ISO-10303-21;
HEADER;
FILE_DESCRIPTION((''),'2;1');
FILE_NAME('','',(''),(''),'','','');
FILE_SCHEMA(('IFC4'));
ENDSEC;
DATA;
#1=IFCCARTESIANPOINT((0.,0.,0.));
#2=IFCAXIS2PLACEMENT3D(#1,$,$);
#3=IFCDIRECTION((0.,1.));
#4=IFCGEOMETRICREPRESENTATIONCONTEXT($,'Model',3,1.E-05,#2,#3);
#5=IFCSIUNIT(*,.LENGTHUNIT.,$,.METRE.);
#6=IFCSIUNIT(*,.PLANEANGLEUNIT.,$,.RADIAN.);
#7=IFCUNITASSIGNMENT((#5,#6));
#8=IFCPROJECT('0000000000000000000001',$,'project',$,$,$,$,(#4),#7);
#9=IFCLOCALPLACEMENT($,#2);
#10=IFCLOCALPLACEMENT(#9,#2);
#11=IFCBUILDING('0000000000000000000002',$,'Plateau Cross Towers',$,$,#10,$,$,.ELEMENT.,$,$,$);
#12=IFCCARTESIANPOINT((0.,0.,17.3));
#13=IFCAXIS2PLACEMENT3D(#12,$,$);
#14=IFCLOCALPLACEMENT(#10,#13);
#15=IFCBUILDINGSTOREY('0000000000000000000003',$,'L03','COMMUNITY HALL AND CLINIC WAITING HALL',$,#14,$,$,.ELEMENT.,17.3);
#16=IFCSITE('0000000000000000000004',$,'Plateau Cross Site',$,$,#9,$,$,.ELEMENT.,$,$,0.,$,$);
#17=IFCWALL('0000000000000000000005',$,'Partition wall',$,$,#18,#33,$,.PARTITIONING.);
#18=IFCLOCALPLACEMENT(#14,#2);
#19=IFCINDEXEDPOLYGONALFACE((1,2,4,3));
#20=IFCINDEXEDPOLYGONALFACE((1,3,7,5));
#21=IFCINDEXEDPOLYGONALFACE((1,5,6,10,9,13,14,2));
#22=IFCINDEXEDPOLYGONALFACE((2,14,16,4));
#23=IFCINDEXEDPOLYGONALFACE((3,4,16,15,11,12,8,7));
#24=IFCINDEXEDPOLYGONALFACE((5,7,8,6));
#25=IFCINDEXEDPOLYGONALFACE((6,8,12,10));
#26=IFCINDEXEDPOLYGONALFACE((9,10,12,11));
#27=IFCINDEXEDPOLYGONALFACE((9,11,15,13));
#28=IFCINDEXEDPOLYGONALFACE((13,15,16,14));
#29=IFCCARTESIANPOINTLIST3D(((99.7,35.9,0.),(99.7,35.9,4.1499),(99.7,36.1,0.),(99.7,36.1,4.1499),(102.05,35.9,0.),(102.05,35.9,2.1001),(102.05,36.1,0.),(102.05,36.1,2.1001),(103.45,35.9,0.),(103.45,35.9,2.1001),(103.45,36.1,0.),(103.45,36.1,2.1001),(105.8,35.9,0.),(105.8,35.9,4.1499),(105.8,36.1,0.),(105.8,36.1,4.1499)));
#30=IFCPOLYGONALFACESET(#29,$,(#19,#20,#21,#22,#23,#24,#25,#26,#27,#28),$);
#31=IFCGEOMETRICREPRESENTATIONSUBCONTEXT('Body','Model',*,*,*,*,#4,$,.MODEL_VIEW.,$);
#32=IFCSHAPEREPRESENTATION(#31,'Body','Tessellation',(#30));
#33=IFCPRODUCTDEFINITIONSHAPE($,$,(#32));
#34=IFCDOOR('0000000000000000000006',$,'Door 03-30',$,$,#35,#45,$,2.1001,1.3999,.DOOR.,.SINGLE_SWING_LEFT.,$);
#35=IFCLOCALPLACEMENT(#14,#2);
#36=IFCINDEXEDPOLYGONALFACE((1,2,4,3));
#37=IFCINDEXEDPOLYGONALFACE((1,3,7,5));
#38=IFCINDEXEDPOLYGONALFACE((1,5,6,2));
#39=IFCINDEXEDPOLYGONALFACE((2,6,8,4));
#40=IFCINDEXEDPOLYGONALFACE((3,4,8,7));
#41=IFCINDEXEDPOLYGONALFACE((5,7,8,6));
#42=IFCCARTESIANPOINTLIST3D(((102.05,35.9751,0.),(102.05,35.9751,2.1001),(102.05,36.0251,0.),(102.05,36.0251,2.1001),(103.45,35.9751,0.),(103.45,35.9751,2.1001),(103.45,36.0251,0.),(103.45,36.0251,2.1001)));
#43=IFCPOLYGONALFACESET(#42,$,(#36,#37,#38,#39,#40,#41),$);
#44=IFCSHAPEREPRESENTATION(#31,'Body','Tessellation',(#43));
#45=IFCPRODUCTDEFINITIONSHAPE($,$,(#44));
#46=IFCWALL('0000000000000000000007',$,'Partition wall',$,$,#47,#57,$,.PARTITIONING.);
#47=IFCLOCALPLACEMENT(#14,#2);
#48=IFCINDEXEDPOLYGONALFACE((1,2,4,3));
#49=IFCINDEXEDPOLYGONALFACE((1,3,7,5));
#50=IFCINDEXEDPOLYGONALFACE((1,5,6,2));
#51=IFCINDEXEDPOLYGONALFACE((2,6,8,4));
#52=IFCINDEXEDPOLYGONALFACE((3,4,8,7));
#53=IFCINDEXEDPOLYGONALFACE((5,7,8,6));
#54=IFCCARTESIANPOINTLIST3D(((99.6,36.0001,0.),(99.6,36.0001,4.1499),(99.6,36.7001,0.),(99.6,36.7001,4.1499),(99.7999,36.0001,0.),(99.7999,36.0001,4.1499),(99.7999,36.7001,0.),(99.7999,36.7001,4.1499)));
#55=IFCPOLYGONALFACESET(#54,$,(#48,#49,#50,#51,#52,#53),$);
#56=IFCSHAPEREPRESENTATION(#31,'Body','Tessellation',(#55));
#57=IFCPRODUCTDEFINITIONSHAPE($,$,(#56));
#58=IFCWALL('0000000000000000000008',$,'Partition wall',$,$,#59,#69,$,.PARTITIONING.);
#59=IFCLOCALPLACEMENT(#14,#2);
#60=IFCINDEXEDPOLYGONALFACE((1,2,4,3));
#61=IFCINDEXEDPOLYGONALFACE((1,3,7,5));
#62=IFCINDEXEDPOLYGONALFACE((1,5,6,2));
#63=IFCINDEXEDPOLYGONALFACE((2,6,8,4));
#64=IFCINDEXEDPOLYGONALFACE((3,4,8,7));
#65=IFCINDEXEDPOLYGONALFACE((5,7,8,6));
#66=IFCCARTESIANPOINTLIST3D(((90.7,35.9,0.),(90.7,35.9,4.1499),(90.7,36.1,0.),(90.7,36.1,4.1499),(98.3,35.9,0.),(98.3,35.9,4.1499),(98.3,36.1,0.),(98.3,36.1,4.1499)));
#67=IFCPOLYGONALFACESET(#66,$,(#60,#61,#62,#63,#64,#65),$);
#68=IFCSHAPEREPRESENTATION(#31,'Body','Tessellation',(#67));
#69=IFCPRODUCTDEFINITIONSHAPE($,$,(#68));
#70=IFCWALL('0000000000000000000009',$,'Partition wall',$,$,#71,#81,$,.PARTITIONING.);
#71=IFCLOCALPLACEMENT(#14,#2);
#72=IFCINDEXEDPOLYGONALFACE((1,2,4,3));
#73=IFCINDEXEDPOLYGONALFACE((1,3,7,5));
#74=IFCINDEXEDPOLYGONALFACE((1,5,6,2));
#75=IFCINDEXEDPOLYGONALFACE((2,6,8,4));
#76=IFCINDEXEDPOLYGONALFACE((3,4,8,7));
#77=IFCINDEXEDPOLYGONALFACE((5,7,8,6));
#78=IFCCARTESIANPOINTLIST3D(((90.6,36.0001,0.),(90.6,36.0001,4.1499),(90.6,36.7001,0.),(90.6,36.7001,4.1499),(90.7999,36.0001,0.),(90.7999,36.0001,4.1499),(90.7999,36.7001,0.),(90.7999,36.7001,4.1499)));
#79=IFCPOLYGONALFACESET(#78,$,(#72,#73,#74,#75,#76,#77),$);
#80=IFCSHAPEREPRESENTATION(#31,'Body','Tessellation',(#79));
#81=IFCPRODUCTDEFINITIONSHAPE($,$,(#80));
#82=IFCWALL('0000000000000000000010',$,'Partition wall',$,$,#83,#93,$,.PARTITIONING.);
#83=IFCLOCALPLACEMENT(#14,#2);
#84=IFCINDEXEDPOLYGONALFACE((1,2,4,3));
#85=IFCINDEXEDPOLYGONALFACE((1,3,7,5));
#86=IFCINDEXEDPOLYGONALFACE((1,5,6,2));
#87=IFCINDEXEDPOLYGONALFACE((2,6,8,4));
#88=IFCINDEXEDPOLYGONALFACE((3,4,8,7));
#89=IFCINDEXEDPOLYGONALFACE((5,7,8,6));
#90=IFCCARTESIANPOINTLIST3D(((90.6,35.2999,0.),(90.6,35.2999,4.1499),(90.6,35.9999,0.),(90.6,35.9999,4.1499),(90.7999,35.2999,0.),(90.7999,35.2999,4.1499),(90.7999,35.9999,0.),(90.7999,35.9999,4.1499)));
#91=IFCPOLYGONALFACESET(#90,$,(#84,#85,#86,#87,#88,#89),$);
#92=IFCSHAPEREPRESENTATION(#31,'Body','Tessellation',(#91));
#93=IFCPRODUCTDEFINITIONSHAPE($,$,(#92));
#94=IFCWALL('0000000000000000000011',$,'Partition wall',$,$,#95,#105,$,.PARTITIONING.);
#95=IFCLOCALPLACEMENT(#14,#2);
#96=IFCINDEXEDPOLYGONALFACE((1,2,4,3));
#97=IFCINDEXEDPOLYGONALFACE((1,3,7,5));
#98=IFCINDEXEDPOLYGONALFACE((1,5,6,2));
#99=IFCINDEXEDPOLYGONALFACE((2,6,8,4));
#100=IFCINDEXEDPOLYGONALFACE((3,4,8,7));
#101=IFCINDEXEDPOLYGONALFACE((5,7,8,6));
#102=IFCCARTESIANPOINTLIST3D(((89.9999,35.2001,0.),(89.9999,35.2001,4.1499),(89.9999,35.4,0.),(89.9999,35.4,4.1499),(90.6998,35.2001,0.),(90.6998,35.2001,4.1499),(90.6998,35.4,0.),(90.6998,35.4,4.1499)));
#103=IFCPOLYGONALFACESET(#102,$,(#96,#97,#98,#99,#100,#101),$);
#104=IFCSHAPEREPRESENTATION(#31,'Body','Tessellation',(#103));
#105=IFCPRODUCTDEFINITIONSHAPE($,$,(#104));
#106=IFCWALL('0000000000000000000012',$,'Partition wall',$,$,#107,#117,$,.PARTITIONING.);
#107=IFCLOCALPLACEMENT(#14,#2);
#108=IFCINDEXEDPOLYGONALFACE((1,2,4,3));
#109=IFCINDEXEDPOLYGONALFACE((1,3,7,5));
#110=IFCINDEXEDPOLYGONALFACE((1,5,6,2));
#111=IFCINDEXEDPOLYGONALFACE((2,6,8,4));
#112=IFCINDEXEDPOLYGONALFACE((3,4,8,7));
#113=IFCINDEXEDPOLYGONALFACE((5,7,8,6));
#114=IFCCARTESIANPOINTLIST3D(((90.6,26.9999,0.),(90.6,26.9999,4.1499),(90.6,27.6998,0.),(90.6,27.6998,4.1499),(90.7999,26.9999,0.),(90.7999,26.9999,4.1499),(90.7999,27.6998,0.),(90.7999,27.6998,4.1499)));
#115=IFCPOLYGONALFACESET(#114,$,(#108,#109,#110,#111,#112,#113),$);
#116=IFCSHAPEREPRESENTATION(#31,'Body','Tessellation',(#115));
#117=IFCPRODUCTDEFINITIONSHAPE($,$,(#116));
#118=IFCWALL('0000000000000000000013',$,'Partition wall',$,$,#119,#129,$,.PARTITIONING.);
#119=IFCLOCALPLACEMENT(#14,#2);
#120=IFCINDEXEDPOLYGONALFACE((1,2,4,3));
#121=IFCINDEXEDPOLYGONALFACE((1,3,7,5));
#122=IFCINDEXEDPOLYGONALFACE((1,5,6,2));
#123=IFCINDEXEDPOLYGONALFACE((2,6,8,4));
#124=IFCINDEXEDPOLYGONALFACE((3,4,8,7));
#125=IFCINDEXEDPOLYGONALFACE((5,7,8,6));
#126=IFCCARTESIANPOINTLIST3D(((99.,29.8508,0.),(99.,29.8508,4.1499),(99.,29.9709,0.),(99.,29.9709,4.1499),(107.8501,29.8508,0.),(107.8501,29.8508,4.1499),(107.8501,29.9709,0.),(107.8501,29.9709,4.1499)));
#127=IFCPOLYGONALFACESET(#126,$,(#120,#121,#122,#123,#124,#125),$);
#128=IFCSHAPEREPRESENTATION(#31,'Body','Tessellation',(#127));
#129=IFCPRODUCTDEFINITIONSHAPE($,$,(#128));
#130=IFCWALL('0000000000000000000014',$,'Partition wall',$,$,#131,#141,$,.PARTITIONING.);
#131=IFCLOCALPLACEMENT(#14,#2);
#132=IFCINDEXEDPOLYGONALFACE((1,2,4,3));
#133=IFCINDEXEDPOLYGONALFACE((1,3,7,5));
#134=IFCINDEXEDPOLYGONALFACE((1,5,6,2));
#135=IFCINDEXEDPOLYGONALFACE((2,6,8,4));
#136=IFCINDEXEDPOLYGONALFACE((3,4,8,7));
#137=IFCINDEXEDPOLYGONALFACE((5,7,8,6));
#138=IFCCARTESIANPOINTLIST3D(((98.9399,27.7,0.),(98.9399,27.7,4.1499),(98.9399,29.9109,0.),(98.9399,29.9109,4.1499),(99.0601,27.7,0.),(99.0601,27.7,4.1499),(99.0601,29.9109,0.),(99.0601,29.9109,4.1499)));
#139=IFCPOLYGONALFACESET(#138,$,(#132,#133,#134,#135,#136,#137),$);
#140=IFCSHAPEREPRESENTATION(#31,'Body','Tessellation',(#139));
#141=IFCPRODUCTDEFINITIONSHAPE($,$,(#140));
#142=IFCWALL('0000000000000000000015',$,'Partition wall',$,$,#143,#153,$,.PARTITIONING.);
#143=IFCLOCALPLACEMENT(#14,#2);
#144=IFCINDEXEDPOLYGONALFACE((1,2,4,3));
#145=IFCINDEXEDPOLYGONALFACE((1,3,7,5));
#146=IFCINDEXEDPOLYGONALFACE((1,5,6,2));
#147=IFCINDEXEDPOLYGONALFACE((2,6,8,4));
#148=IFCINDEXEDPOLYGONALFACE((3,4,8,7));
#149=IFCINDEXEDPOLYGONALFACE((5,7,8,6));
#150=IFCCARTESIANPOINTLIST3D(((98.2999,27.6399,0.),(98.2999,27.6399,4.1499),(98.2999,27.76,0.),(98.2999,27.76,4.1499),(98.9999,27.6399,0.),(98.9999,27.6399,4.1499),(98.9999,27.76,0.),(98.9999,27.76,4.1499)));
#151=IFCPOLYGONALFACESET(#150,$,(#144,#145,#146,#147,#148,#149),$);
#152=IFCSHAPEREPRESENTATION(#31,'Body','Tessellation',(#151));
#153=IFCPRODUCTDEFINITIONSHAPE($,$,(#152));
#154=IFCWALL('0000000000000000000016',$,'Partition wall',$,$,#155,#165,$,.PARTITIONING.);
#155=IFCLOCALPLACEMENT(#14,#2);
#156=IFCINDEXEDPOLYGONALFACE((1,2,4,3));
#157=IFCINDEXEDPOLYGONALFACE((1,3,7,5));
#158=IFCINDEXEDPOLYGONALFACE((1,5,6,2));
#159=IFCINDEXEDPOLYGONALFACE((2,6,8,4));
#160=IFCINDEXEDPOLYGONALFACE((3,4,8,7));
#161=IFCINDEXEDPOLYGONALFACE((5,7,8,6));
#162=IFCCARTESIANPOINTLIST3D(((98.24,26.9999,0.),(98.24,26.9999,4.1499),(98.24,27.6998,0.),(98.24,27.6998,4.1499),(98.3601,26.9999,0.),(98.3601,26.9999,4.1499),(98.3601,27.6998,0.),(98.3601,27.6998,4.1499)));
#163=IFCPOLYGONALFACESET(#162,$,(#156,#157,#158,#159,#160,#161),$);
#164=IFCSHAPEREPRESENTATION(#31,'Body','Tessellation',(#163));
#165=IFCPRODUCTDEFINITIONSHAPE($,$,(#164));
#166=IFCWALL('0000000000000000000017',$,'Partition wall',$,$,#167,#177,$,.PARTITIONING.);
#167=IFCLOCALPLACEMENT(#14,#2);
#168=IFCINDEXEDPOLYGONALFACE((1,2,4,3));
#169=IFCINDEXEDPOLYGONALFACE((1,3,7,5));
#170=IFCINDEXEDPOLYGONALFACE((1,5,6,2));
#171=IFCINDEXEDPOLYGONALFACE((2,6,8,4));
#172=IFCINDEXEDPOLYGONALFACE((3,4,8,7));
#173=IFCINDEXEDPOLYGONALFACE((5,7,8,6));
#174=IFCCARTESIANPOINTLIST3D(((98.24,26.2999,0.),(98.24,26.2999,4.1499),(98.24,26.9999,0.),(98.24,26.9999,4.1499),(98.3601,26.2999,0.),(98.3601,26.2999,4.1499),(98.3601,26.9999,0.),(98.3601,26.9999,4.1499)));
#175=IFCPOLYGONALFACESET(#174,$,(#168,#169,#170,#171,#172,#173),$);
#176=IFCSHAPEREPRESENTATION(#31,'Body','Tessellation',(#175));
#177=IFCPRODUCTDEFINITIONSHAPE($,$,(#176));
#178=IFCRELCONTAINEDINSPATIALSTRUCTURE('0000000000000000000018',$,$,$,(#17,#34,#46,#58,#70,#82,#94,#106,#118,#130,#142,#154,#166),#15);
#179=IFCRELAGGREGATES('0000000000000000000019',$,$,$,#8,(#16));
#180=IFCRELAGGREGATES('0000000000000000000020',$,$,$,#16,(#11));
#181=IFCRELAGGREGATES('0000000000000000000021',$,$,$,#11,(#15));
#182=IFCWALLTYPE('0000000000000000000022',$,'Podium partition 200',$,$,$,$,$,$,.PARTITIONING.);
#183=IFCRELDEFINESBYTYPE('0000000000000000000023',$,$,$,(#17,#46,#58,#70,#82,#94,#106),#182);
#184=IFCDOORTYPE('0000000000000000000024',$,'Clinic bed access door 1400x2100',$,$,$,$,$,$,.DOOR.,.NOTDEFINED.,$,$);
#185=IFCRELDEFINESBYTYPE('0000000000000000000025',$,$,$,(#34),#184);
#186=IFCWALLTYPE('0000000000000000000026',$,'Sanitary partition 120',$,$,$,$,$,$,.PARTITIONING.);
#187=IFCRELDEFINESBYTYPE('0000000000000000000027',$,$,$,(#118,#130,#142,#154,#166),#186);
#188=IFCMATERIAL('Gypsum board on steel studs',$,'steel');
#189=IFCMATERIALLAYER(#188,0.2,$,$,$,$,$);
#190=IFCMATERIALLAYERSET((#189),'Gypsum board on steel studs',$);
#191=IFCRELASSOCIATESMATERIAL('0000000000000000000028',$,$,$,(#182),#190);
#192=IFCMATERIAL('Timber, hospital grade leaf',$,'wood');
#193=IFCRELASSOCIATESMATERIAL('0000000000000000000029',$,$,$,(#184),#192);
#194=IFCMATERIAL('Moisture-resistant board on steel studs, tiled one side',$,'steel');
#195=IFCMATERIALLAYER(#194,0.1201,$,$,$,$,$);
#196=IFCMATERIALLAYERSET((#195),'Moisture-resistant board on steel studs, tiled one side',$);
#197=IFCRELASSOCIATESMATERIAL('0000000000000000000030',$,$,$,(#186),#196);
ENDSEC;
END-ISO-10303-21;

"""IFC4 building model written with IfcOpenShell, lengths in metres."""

from ifc_helpers import new_model, si_unit, direction, frame, frame_2d, origin, place, context, subcontext, project, spatial, rectangle, extrude, material, layer, layer_set, type_object, element, fill, save


model = new_model("IFC4")

# Units and contexts
model_context = context("Model", 3, precision=1e-05, world=origin(), true_north=direction((0.0, 1.0)))
body_context = subcontext(model_context, "Body", "Model", "MODEL_VIEW")
ifc_project = project(units=[si_unit("LENGTHUNIT", "METRE"), si_unit("PLANEANGLEUNIT", "RADIAN")], contexts=[model_context])

# Site, building, storey
site_placement = place(None, origin())
site = spatial("IfcSite", under=ifc_project, at=site_placement, Name="Plateau Cross Site", CompositionType="ELEMENT", RefElevation=0.0)
building_placement = place(site_placement, origin())
building = spatial("IfcBuilding", under=site, at=building_placement, Name="Plateau Cross Towers", CompositionType="ELEMENT")
storey_placement = place(building_placement, frame((0.0, 0.0, 17.3)))
storey = spatial("IfcBuildingStorey", under=building, at=storey_placement, Name="L03", Description="COMMUNITY HALL AND CLINIC WAITING HALL", CompositionType="ELEMENT", Elevation=17.3)

# Shared definitions
ifc_material_1 = material(Name="Gypsum board on steel studs", Category="steel")
ifc_layer_1 = layer(ifc_material_1, 0.2)
ifc_layer_set_1 = layer_set([ifc_layer_1], Name="Gypsum board on steel studs")
wall_type_1 = type_object("IfcWallType", Name="Podium partition 200", PredefinedType="PARTITIONING", material=ifc_layer_set_1)

# Wall, opening, door
wall_1_placement = place(storey_placement, frame((105.8, 36.0, 0.0), z_axis=(0.0, 0.0, 1.0), x_axis=(-1.0, 0.0, 0.0)))
wall_1 = element("IfcWall", 1, at=wall_1_placement, inside=storey, type_object=wall_type_1, Name="Partition wall", PredefinedType="PARTITIONING", context=body_context, shape_type="SweptSolid", body=[
    extrude(rectangle(XDim=6.1001, YDim=0.2, at=frame_2d((3.05, 0.0))), origin(), (0.0, 0.0, 1.0), 4.1499),
])
opening_1_placement = place(wall_1_placement, frame((2.3501, 0.0, 0.0)))
opening_1 = element("IfcOpeningElement", 2, at=opening_1_placement, cuts=wall_1, PredefinedType="OPENING", context=body_context, shape_type="SweptSolid", body=[
    extrude(rectangle(XDim=1.3999, YDim=2.1001, at=frame_2d((0.7, 1.05))), frame((0.0, 0.1099, 0.0), z_axis=(0.0, -1.0, 0.0), x_axis=(1.0, 0.0, 0.0)), (0.0, 0.0, 1.0), 0.22),
])
ifc_material_2 = material(Name="Timber, hospital grade leaf", Category="wood")
door_type_1 = type_object("IfcDoorType", Name="Clinic bed access door 1400x2100", OperationType="NOTDEFINED", PredefinedType="DOOR", material=ifc_material_2)
door_1_placement = place(opening_1_placement, origin())
door_1 = element("IfcDoor", 3, at=door_1_placement, inside=storey, type_object=door_type_1, Name="Door 03-30", OperationType="SINGLE_SWING_LEFT", OverallHeight=2.1001, OverallWidth=1.3999, PredefinedType="DOOR", context=body_context, shape_type="SweptSolid", body=[
    extrude(rectangle(XDim=1.3999, YDim=2.1001, at=frame_2d((0.7, 1.05))), frame((0.0, 0.0249, 0.0), z_axis=(0.0, -1.0, 0.0), x_axis=(1.0, 0.0, 0.0)), (0.0, 0.0, 1.0), 0.05),
])
fill(opening_1, door_1)

# Walls
wall_2_placement = place(storey_placement, frame((99.7, 36.0, 0.0), z_axis=(0.0, 0.0, 1.0), x_axis=(0.0, 1.0, 0.0)))
element("IfcWall", 4, at=wall_2_placement, inside=storey, type_object=wall_type_1, Name="Partition wall", PredefinedType="PARTITIONING", context=body_context, shape_type="SweptSolid", body=[
    extrude(rectangle(XDim=0.7, YDim=0.2, at=frame_2d((0.3501, 0.0))), origin(), (0.0, 0.0, 1.0), 4.1499),
])
wall_3_placement = place(storey_placement, frame((98.3, 36.0, 0.0), z_axis=(0.0, 0.0, 1.0), x_axis=(-1.0, 0.0, 0.0)))
element("IfcWall", 5, at=wall_3_placement, inside=storey, type_object=wall_type_1, Name="Partition wall", PredefinedType="PARTITIONING", context=body_context, shape_type="SweptSolid", body=[
    extrude(rectangle(XDim=7.6001, YDim=0.2, at=frame_2d((3.8, 0.0))), origin(), (0.0, 0.0, 1.0), 4.1499),
])
for number, where, z_axis, x_axis, name in (
    (6, (90.7, 36.0, 0.0), (0.0, 0.0, 1.0), (0.0, 1.0, 0.0), "Partition wall"),
    (7, (90.7, 36.0, 0.0), (0.0, 0.0, 1.0), (0.0, -1.0, 0.0), "Partition wall"),
    (8, (90.7, 35.3, 0.0), (0.0, 0.0, 1.0), (-1.0, 0.0, 0.0), "Partition wall"),
    (9, (90.7, 27.7, 0.0), (0.0, 0.0, 1.0), (0.0, -1.0, 0.0), "Partition wall"),
):
    element("IfcWall", number, at=place(storey_placement, frame(where, z_axis=z_axis, x_axis=x_axis)), inside=storey, type_object=wall_type_1, Name=name, PredefinedType="PARTITIONING", context=body_context, shape_type="SweptSolid", body=[
        extrude(rectangle(XDim=0.7, YDim=0.2, at=frame_2d((0.3501, 0.0))), origin(), (0.0, 0.0, 1.0), 4.1499),
    ])
ifc_material_3 = material(Name="Moisture-resistant board on steel studs, tiled one side", Category="steel")
ifc_layer_2 = layer(ifc_material_3, 0.1201)
ifc_layer_set_2 = layer_set([ifc_layer_2], Name="Moisture-resistant board on steel studs, tiled one side")
wall_type_2 = type_object("IfcWallType", Name="Sanitary partition 120", PredefinedType="PARTITIONING", material=ifc_layer_set_2)
wall_4_placement = place(storey_placement, frame((107.8501, 29.9109, 0.0), z_axis=(0.0, 0.0, 1.0), x_axis=(-1.0, 0.0, 0.0)))
element("IfcWall", 10, at=wall_4_placement, inside=storey, type_object=wall_type_2, Name="Partition wall", PredefinedType="PARTITIONING", context=body_context, shape_type="SweptSolid", body=[
    extrude(rectangle(XDim=8.8501, YDim=0.1201, at=frame_2d((4.425, 0.0))), origin(), (0.0, 0.0, 1.0), 4.1499),
])
wall_5_placement = place(storey_placement, frame((99.0, 29.9109, 0.0), z_axis=(0.0, 0.0, 1.0), x_axis=(0.0, -1.0, 0.0)))
element("IfcWall", 11, at=wall_5_placement, inside=storey, type_object=wall_type_2, Name="Partition wall", PredefinedType="PARTITIONING", context=body_context, shape_type="SweptSolid", body=[
    extrude(rectangle(XDim=2.2109, YDim=0.1201, at=frame_2d((1.1055, 0.0))), origin(), (0.0, 0.0, 1.0), 4.1499),
])
for number, where, z_axis, x_axis, name in (
    (12, (99.0, 27.7, 0.0), (0.0, 0.0, 1.0), (-1.0, 0.0, 0.0), "Partition wall"),
    (13, (98.3, 27.7, 0.0), (0.0, 0.0, 1.0), (0.0, -1.0, 0.0), "Partition wall"),
    (14, (98.3, 27.0, 0.0), (0.0, 0.0, 1.0), (0.0, -1.0, 0.0), "Partition wall"),
):
    element("IfcWall", number, at=place(storey_placement, frame(where, z_axis=z_axis, x_axis=x_axis)), inside=storey, type_object=wall_type_2, Name=name, PredefinedType="PARTITIONING", context=body_context, shape_type="SweptSolid", body=[
        extrude(rectangle(XDim=0.7, YDim=0.1201, at=frame_2d((0.3501, 0.0))), origin(), (0.0, 0.0, 1.0), 4.1499),
    ])

save(model, "model.ifc")
